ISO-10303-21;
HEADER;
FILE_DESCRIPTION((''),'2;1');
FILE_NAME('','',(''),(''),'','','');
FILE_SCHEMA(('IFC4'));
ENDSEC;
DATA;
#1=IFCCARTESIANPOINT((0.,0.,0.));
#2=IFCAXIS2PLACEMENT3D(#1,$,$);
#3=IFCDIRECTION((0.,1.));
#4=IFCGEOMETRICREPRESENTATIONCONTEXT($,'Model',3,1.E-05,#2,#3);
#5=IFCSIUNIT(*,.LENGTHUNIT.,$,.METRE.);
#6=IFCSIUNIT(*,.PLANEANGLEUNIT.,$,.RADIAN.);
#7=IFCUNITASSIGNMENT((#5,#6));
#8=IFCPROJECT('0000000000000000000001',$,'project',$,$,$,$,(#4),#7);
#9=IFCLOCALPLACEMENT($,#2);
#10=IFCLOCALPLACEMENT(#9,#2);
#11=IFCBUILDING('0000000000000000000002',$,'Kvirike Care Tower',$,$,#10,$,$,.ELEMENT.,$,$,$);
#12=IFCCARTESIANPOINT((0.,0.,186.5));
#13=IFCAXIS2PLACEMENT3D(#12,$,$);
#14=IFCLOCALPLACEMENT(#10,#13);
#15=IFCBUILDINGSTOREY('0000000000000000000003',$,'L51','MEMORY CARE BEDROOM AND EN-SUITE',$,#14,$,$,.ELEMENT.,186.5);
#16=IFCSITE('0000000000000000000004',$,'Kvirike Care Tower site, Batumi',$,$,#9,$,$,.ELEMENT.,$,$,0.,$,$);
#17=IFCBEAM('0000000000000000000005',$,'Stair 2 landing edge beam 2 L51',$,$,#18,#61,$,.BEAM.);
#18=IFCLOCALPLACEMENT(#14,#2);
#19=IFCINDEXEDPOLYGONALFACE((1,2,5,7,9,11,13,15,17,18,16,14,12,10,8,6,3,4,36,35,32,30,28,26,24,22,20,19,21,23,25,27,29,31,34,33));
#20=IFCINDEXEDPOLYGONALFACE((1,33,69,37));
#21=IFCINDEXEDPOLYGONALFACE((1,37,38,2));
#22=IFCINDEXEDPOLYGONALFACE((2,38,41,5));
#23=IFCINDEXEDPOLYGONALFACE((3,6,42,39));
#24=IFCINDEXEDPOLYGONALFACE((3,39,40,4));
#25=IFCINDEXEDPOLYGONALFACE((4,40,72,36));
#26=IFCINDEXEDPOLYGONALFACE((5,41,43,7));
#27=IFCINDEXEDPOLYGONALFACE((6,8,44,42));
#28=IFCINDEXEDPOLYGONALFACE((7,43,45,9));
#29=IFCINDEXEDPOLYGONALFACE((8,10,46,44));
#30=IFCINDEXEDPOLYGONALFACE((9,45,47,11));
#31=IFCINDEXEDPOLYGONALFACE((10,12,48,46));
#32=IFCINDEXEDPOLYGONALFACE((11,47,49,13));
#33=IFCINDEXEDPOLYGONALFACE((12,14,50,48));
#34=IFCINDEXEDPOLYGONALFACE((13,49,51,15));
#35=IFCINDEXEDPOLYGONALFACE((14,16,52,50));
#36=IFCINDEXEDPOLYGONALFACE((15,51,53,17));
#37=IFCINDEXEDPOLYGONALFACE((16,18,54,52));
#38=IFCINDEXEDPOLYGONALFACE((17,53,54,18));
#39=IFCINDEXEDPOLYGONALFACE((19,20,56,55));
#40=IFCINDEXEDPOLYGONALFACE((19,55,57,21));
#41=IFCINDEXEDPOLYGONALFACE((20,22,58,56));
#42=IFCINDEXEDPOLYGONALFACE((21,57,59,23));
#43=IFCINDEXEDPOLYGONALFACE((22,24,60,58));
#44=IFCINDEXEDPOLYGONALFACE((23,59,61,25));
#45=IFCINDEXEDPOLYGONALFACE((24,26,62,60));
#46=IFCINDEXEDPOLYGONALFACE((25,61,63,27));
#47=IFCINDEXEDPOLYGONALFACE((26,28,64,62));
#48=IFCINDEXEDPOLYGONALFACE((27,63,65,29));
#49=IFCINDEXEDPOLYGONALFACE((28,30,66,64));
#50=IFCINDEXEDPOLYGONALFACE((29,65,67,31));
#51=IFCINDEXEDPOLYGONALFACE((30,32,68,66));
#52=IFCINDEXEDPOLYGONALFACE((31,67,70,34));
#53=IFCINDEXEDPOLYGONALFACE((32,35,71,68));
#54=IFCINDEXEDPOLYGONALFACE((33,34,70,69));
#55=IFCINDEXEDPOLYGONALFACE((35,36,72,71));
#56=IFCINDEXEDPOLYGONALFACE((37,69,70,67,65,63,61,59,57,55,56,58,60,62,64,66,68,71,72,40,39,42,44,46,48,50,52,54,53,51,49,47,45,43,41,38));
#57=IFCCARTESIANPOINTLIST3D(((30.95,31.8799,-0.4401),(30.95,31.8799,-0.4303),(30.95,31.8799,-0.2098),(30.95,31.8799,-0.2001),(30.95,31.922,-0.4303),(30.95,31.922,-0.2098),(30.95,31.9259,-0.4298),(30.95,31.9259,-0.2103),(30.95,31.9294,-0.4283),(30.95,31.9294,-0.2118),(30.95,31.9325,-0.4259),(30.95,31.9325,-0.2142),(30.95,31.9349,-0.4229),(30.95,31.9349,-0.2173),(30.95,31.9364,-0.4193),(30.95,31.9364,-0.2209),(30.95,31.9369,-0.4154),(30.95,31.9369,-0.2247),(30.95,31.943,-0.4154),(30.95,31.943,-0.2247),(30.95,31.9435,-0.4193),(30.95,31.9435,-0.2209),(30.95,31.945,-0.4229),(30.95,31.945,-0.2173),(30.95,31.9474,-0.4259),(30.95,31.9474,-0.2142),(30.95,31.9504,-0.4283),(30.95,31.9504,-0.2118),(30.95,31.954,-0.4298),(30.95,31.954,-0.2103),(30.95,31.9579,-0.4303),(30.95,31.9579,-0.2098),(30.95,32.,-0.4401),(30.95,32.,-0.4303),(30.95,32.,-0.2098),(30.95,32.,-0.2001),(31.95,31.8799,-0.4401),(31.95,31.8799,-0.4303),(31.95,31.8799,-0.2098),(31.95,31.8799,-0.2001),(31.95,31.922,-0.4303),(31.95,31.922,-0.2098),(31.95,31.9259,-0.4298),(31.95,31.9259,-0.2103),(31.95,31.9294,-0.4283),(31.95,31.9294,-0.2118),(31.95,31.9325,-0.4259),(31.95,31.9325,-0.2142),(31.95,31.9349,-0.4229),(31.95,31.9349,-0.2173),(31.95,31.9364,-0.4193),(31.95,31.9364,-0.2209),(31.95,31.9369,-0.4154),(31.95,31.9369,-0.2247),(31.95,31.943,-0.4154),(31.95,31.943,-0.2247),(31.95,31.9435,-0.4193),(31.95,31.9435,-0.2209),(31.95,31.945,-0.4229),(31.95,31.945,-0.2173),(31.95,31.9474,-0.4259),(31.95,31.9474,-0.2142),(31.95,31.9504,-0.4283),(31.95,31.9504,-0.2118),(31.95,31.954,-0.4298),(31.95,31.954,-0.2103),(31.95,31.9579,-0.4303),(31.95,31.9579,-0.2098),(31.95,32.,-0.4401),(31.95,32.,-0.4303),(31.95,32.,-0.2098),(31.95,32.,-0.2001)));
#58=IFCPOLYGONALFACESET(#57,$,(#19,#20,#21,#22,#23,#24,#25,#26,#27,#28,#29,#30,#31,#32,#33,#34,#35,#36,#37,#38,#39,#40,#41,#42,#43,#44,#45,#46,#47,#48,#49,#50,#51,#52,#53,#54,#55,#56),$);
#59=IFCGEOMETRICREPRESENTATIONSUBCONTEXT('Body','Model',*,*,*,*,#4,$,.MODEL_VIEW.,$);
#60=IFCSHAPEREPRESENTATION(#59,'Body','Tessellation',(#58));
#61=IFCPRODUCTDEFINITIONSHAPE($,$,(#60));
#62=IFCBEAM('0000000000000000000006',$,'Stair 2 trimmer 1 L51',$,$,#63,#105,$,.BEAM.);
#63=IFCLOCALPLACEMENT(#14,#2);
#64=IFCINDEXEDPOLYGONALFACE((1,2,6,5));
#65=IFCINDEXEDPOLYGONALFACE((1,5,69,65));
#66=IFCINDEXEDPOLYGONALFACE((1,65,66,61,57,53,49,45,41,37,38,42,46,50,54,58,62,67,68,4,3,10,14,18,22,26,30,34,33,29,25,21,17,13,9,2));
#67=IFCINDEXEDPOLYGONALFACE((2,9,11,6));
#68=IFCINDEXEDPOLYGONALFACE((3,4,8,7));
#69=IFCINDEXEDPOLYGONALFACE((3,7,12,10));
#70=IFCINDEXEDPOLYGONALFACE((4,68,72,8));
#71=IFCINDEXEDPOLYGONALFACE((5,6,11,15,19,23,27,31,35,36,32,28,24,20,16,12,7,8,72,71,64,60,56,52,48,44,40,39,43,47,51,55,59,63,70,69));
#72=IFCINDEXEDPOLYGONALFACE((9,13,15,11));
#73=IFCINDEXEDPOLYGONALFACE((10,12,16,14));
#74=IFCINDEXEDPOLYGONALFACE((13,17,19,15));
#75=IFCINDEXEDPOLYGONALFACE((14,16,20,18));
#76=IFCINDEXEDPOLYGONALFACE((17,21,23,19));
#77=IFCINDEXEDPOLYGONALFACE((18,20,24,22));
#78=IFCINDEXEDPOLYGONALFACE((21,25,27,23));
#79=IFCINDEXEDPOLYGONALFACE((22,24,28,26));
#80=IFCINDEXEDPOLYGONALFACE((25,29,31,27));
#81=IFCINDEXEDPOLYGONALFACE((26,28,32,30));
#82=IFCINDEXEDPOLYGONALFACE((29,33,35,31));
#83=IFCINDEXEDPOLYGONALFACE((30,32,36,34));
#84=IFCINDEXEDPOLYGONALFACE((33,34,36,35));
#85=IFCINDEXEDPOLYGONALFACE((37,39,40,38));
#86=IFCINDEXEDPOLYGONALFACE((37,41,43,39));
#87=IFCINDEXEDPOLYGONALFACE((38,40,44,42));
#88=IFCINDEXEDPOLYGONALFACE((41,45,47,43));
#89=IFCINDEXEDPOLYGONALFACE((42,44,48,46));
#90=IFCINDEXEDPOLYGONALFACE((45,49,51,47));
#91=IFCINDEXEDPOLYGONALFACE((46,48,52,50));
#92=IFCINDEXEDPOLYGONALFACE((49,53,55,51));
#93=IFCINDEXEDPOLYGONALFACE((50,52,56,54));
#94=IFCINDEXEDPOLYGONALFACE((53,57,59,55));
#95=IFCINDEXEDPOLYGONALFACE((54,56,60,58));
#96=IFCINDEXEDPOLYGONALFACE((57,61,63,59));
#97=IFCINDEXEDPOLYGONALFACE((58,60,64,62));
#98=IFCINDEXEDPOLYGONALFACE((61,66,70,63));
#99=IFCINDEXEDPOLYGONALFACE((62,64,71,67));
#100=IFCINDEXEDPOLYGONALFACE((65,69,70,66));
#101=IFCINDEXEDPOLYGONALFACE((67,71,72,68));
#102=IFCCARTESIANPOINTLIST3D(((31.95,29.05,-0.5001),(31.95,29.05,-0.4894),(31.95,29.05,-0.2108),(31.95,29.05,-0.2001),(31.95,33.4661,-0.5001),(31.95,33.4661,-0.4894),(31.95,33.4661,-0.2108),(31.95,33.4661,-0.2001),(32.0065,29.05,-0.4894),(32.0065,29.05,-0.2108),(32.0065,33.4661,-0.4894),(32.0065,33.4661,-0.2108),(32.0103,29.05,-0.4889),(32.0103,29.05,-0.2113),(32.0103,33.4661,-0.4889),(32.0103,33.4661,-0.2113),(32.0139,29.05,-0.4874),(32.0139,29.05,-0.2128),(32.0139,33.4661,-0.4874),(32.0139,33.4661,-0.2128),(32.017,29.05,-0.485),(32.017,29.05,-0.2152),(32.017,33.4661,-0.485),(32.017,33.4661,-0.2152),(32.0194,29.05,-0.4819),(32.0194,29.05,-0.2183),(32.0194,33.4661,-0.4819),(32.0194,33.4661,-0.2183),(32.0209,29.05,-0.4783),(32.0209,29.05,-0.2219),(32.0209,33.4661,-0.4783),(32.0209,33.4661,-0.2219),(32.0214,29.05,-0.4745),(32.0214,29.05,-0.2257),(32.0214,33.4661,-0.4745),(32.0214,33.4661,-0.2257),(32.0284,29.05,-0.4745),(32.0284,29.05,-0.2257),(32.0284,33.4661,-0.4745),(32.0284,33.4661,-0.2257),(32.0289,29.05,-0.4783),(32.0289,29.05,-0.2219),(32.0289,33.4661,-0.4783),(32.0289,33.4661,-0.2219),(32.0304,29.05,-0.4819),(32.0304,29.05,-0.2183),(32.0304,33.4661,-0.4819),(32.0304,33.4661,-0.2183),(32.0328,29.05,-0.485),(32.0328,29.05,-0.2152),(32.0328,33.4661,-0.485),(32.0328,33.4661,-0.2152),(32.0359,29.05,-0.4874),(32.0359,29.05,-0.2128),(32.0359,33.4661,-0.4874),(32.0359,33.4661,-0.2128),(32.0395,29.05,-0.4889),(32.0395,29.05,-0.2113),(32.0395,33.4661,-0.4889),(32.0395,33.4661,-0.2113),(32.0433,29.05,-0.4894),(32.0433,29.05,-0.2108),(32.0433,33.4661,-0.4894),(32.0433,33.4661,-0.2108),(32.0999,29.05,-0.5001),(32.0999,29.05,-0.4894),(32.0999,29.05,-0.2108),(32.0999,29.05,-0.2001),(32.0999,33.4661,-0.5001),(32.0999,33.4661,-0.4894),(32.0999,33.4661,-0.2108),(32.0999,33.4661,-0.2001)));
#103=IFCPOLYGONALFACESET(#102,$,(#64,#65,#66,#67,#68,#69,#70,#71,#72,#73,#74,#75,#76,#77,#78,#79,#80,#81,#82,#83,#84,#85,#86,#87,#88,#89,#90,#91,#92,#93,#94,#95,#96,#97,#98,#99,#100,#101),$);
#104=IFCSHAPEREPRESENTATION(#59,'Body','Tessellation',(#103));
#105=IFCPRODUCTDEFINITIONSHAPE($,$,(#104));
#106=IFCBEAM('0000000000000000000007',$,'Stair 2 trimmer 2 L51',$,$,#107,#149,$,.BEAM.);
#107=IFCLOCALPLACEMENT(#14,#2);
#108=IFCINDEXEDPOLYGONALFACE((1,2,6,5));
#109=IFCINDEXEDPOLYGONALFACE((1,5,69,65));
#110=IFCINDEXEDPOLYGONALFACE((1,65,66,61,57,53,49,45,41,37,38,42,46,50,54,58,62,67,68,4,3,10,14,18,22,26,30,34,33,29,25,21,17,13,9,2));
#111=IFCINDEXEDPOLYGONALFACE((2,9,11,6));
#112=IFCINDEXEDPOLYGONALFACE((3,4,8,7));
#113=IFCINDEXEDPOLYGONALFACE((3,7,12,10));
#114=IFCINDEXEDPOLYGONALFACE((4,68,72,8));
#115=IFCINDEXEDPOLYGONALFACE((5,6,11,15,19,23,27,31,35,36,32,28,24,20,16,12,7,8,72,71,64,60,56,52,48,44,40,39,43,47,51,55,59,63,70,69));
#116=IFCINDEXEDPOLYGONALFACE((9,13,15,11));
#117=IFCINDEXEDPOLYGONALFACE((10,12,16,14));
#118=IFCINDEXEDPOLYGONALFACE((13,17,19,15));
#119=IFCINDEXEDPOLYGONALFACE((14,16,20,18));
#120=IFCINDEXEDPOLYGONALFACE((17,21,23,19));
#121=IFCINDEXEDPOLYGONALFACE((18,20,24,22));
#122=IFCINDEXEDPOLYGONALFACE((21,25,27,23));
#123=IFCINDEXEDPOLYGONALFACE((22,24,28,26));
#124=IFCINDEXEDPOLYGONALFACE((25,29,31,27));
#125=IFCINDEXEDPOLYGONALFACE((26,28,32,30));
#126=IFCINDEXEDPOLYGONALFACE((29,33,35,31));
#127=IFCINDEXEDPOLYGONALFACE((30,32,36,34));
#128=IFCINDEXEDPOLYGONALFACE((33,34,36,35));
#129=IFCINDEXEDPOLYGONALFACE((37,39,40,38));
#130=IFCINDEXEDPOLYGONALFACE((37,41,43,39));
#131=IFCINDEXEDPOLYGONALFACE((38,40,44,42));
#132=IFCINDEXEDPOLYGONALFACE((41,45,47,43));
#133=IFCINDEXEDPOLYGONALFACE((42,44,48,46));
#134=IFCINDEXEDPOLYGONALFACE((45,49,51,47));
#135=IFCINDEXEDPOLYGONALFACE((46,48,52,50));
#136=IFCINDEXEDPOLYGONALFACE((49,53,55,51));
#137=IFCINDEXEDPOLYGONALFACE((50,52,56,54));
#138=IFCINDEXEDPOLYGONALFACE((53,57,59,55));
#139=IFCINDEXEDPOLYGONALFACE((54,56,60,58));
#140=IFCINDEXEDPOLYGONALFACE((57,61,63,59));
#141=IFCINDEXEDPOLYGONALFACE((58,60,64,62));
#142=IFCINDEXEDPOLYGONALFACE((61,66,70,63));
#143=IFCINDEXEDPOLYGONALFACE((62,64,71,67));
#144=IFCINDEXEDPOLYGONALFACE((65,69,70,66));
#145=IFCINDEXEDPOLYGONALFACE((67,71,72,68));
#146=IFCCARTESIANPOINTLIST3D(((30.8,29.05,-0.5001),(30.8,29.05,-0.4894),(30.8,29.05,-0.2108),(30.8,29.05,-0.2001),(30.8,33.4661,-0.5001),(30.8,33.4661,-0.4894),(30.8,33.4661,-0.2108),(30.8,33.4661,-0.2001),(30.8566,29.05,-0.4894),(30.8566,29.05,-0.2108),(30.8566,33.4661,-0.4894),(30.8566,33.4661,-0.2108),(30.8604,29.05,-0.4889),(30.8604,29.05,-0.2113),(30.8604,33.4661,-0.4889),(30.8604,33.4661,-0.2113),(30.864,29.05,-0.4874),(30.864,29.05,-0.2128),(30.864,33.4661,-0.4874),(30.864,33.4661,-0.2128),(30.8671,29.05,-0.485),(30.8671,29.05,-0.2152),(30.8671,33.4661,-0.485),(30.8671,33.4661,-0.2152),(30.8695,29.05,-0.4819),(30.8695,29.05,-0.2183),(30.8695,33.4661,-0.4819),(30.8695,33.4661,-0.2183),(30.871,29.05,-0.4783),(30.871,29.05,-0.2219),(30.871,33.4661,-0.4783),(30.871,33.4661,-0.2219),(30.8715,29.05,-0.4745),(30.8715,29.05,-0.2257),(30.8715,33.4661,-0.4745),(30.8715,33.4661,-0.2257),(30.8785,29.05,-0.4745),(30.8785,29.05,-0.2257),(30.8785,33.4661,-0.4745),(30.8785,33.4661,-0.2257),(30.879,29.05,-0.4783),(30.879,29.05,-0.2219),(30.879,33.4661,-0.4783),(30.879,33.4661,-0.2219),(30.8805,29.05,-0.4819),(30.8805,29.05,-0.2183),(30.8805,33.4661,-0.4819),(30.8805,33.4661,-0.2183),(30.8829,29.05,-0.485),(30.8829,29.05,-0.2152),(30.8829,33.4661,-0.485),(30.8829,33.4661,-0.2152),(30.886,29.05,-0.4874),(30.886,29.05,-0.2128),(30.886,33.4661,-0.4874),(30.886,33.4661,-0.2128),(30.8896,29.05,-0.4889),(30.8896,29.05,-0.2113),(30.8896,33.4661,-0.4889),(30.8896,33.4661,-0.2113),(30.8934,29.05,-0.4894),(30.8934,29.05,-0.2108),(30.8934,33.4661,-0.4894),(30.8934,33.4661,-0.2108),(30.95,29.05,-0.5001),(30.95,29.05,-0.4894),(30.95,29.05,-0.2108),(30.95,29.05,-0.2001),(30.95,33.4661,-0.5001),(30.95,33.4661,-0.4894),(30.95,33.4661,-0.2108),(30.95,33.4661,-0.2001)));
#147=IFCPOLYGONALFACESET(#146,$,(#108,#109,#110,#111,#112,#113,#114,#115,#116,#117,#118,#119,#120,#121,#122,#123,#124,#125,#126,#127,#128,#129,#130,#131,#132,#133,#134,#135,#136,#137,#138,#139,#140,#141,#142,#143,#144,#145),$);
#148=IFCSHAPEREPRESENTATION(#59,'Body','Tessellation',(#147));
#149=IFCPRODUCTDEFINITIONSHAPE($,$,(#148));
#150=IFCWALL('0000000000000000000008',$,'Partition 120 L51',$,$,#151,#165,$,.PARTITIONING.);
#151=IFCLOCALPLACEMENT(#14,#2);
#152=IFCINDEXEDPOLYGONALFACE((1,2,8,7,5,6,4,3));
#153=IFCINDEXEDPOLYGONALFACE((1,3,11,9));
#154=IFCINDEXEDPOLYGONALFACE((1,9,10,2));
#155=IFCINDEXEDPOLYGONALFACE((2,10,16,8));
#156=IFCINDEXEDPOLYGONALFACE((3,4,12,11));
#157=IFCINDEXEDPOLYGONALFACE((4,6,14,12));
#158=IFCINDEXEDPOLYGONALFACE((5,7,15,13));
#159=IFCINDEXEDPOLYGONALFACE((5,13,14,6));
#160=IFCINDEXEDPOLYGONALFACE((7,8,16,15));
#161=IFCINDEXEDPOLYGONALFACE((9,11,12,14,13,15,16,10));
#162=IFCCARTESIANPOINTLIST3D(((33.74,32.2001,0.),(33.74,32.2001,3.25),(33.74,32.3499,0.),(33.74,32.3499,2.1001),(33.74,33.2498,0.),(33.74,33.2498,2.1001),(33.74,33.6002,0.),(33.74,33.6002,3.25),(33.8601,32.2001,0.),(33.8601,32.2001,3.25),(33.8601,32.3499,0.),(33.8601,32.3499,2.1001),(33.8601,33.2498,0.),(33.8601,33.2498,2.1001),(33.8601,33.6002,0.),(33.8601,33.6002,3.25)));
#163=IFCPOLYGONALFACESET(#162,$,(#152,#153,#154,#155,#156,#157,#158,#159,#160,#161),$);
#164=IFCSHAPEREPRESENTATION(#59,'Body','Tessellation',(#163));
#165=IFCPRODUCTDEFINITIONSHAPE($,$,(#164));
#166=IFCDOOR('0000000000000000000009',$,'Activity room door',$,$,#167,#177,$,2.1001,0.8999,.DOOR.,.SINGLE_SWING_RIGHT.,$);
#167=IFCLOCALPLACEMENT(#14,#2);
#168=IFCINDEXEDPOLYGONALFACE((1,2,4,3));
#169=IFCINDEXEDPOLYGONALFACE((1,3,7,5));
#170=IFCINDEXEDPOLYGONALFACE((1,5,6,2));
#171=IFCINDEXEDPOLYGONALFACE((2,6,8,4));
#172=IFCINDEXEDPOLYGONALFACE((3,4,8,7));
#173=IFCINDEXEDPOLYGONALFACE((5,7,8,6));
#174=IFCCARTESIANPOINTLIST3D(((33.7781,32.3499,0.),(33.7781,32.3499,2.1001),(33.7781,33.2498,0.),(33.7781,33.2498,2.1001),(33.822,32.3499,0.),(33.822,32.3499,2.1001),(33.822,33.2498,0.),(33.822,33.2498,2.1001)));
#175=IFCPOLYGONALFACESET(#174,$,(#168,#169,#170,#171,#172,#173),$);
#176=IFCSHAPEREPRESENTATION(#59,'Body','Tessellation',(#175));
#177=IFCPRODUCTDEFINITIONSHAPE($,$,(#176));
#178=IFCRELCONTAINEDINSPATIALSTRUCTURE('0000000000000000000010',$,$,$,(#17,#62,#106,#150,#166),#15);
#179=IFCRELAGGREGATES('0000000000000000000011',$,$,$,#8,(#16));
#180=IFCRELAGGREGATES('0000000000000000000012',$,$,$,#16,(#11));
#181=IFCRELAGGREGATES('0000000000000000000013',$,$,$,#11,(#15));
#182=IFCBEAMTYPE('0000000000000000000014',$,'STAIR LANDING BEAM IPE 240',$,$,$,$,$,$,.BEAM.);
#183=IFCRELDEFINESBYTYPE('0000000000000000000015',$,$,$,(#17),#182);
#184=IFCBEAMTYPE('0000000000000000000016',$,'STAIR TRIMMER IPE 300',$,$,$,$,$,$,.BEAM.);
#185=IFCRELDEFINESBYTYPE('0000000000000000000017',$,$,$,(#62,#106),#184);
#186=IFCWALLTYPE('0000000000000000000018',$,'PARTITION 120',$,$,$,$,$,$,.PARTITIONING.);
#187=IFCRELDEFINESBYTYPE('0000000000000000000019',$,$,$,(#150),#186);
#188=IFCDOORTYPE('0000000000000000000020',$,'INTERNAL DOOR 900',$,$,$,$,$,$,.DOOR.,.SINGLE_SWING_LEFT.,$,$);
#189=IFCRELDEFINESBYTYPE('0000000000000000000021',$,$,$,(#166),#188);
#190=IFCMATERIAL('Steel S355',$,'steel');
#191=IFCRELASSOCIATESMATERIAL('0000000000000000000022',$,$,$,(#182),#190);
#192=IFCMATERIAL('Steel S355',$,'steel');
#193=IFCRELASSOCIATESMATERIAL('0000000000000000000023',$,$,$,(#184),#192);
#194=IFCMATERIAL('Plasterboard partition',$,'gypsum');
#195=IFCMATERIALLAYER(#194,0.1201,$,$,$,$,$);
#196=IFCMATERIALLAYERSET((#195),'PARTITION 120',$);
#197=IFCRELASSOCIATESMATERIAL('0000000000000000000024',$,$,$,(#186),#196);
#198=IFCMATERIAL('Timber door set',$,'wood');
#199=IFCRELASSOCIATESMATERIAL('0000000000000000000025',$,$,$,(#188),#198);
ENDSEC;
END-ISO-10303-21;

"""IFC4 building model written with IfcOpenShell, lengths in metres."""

from ifc_helpers import new_model, si_unit, direction, frame, frame_2d, origin, origin_2d, place, context, subcontext, project, spatial, rectangle, i_section, extrude, material, layer, layer_set, material_profile, profile_set, type_object, element, fill, save


model = new_model("IFC4")

# Units and contexts
model_context = context("Model", 3, precision=1e-05, world=origin(), true_north=direction((0.0, 1.0)))
body_context = subcontext(model_context, "Body", "Model", "MODEL_VIEW")
ifc_project = project(units=[si_unit("LENGTHUNIT", "METRE"), si_unit("PLANEANGLEUNIT", "RADIAN")], contexts=[model_context])

# Site, building, storey
site_placement = place(None, origin())
site = spatial("IfcSite", under=ifc_project, at=site_placement, Name="Kvirike Care Tower site, Batumi", CompositionType="ELEMENT", RefElevation=0.0)
building_placement = place(site_placement, origin())
building = spatial("IfcBuilding", under=site, at=building_placement, Name="Kvirike Care Tower", CompositionType="ELEMENT")
storey_placement = place(building_placement, frame((0.0, 0.0, 186.5)))
storey = spatial("IfcBuildingStorey", under=building, at=storey_placement, Name="L51", Description="MEMORY CARE BEDROOM AND EN-SUITE", CompositionType="ELEMENT", Elevation=186.5)

# Beams
ifc_material_1 = material(Name="Steel S355", Category="steel")
ifc_material_profile_1 = material_profile(ifc_material_1, i_section(OverallWidth=0.1201, OverallDepth=0.24, WebThickness=0.0061, FlangeThickness=0.0098, FilletRadius=0.0149, at=origin_2d()), Name="IPE 240")
ifc_profile_set_1 = profile_set([ifc_material_profile_1], Name="Steel S355")
beam_type_1 = type_object("IfcBeamType", Name="STAIR LANDING BEAM IPE 240", PredefinedType="BEAM", material=ifc_profile_set_1)
for number, where, z_axis, x_axis, name in (
    (1, (31.95, 31.9399, -0.3201), (-1.0, 0.0, 0.0), (0.0, -1.0, 0.0), "Stair 2 landing edge beam 2 L51"),
):
    element("IfcBeam", number, at=place(storey_placement, frame(where, z_axis=z_axis, x_axis=x_axis)), inside=storey, type_object=beam_type_1, Name=name, PredefinedType="BEAM", context=body_context, shape_type="SweptSolid", body=[
        extrude(i_section(OverallWidth=0.1201, OverallDepth=0.24, WebThickness=0.0061, FlangeThickness=0.0098, FilletRadius=0.0149, at=origin_2d()), origin(), (0.0, 0.0, 1.0), 1.0),
    ])
ifc_material_2 = material(Name="Steel S355", Category="steel")
ifc_material_profile_2 = material_profile(ifc_material_2, i_section(OverallWidth=0.1499, OverallDepth=0.3, WebThickness=0.0071, FlangeThickness=0.0107, FilletRadius=0.0149, at=origin_2d()), Name="IPE 300")
ifc_profile_set_2 = profile_set([ifc_material_profile_2], Name="Steel S355")
beam_type_2 = type_object("IfcBeamType", Name="STAIR TRIMMER IPE 300", PredefinedType="BEAM", material=ifc_profile_set_2)
for number, where, z_axis, x_axis, name in (
    (2, (32.0249, 29.05, -0.3501), (0.0, 1.0, 0.0), (-1.0, 0.0, 0.0), "Stair 2 trimmer 1 L51"),
    (3, (30.875, 29.05, -0.3501), (0.0, 1.0, 0.0), (-1.0, 0.0, 0.0), "Stair 2 trimmer 2 L51"),
):
    element("IfcBeam", number, at=place(storey_placement, frame(where, z_axis=z_axis, x_axis=x_axis)), inside=storey, type_object=beam_type_2, Name=name, PredefinedType="BEAM", context=body_context, shape_type="SweptSolid", body=[
        extrude(i_section(OverallWidth=0.1499, OverallDepth=0.3, WebThickness=0.0071, FlangeThickness=0.0107, FilletRadius=0.0149, at=origin_2d()), origin(), (0.0, 0.0, 1.0), 4.416),
    ])

# Wall, opening, door
ifc_material_3 = material(Name="Plasterboard partition", Category="gypsum")
ifc_layer_1 = layer(ifc_material_3, 0.1201)
ifc_layer_set_1 = layer_set([ifc_layer_1], Name="PARTITION 120")
wall_type_1 = type_object("IfcWallType", Name="PARTITION 120", PredefinedType="PARTITIONING", material=ifc_layer_set_1)
wall_placement = place(storey_placement, frame((33.8, 32.2, 0.0), z_axis=(0.0, 0.0, 1.0), x_axis=(0.0, 1.0, 0.0)))
wall = element("IfcWall", 4, at=wall_placement, inside=storey, type_object=wall_type_1, Name="Partition 120 L51", PredefinedType="PARTITIONING", context=body_context, shape_type="SweptSolid", body=[
    extrude(rectangle(XDim=1.4001, YDim=0.1201, at=frame_2d((0.7002, 0.0))), origin(), (0.0, 0.0, 1.0), 3.25),
])
opening_placement = place(wall_placement, frame((0.1499, 0.0, 0.0)))
opening = element("IfcOpeningElement", 5, at=opening_placement, cuts=wall, PredefinedType="OPENING", context=body_context, shape_type="SweptSolid", body=[
    extrude(rectangle(XDim=0.8999, YDim=2.1001, at=frame_2d((0.45, 1.05))), frame((0.0, 0.0706, 0.0), z_axis=(0.0, -1.0, 0.0), x_axis=(1.0, 0.0, 0.0)), (0.0, 0.0, 1.0), 0.1411),
])
ifc_material_4 = material(Name="Timber door set", Category="wood")
door_type = type_object("IfcDoorType", Name="INTERNAL DOOR 900", OperationType="SINGLE_SWING_LEFT", PredefinedType="DOOR", material=ifc_material_4)
door_placement = place(opening_placement, origin())
door = element("IfcDoor", 6, at=door_placement, inside=storey, type_object=door_type, Name="Activity room door", OperationType="SINGLE_SWING_RIGHT", OverallHeight=2.1001, OverallWidth=0.8999, PredefinedType="DOOR", context=body_context, shape_type="SweptSolid", body=[
    extrude(rectangle(XDim=0.8999, YDim=2.1001, at=frame_2d((0.45, 1.05))), frame((0.0, 0.022, 0.0), z_axis=(0.0, -1.0, 0.0), x_axis=(1.0, 0.0, 0.0)), (0.0, 0.0, 1.0), 0.0439),
])
fill(opening, door)

save(model, "model.ifc")
